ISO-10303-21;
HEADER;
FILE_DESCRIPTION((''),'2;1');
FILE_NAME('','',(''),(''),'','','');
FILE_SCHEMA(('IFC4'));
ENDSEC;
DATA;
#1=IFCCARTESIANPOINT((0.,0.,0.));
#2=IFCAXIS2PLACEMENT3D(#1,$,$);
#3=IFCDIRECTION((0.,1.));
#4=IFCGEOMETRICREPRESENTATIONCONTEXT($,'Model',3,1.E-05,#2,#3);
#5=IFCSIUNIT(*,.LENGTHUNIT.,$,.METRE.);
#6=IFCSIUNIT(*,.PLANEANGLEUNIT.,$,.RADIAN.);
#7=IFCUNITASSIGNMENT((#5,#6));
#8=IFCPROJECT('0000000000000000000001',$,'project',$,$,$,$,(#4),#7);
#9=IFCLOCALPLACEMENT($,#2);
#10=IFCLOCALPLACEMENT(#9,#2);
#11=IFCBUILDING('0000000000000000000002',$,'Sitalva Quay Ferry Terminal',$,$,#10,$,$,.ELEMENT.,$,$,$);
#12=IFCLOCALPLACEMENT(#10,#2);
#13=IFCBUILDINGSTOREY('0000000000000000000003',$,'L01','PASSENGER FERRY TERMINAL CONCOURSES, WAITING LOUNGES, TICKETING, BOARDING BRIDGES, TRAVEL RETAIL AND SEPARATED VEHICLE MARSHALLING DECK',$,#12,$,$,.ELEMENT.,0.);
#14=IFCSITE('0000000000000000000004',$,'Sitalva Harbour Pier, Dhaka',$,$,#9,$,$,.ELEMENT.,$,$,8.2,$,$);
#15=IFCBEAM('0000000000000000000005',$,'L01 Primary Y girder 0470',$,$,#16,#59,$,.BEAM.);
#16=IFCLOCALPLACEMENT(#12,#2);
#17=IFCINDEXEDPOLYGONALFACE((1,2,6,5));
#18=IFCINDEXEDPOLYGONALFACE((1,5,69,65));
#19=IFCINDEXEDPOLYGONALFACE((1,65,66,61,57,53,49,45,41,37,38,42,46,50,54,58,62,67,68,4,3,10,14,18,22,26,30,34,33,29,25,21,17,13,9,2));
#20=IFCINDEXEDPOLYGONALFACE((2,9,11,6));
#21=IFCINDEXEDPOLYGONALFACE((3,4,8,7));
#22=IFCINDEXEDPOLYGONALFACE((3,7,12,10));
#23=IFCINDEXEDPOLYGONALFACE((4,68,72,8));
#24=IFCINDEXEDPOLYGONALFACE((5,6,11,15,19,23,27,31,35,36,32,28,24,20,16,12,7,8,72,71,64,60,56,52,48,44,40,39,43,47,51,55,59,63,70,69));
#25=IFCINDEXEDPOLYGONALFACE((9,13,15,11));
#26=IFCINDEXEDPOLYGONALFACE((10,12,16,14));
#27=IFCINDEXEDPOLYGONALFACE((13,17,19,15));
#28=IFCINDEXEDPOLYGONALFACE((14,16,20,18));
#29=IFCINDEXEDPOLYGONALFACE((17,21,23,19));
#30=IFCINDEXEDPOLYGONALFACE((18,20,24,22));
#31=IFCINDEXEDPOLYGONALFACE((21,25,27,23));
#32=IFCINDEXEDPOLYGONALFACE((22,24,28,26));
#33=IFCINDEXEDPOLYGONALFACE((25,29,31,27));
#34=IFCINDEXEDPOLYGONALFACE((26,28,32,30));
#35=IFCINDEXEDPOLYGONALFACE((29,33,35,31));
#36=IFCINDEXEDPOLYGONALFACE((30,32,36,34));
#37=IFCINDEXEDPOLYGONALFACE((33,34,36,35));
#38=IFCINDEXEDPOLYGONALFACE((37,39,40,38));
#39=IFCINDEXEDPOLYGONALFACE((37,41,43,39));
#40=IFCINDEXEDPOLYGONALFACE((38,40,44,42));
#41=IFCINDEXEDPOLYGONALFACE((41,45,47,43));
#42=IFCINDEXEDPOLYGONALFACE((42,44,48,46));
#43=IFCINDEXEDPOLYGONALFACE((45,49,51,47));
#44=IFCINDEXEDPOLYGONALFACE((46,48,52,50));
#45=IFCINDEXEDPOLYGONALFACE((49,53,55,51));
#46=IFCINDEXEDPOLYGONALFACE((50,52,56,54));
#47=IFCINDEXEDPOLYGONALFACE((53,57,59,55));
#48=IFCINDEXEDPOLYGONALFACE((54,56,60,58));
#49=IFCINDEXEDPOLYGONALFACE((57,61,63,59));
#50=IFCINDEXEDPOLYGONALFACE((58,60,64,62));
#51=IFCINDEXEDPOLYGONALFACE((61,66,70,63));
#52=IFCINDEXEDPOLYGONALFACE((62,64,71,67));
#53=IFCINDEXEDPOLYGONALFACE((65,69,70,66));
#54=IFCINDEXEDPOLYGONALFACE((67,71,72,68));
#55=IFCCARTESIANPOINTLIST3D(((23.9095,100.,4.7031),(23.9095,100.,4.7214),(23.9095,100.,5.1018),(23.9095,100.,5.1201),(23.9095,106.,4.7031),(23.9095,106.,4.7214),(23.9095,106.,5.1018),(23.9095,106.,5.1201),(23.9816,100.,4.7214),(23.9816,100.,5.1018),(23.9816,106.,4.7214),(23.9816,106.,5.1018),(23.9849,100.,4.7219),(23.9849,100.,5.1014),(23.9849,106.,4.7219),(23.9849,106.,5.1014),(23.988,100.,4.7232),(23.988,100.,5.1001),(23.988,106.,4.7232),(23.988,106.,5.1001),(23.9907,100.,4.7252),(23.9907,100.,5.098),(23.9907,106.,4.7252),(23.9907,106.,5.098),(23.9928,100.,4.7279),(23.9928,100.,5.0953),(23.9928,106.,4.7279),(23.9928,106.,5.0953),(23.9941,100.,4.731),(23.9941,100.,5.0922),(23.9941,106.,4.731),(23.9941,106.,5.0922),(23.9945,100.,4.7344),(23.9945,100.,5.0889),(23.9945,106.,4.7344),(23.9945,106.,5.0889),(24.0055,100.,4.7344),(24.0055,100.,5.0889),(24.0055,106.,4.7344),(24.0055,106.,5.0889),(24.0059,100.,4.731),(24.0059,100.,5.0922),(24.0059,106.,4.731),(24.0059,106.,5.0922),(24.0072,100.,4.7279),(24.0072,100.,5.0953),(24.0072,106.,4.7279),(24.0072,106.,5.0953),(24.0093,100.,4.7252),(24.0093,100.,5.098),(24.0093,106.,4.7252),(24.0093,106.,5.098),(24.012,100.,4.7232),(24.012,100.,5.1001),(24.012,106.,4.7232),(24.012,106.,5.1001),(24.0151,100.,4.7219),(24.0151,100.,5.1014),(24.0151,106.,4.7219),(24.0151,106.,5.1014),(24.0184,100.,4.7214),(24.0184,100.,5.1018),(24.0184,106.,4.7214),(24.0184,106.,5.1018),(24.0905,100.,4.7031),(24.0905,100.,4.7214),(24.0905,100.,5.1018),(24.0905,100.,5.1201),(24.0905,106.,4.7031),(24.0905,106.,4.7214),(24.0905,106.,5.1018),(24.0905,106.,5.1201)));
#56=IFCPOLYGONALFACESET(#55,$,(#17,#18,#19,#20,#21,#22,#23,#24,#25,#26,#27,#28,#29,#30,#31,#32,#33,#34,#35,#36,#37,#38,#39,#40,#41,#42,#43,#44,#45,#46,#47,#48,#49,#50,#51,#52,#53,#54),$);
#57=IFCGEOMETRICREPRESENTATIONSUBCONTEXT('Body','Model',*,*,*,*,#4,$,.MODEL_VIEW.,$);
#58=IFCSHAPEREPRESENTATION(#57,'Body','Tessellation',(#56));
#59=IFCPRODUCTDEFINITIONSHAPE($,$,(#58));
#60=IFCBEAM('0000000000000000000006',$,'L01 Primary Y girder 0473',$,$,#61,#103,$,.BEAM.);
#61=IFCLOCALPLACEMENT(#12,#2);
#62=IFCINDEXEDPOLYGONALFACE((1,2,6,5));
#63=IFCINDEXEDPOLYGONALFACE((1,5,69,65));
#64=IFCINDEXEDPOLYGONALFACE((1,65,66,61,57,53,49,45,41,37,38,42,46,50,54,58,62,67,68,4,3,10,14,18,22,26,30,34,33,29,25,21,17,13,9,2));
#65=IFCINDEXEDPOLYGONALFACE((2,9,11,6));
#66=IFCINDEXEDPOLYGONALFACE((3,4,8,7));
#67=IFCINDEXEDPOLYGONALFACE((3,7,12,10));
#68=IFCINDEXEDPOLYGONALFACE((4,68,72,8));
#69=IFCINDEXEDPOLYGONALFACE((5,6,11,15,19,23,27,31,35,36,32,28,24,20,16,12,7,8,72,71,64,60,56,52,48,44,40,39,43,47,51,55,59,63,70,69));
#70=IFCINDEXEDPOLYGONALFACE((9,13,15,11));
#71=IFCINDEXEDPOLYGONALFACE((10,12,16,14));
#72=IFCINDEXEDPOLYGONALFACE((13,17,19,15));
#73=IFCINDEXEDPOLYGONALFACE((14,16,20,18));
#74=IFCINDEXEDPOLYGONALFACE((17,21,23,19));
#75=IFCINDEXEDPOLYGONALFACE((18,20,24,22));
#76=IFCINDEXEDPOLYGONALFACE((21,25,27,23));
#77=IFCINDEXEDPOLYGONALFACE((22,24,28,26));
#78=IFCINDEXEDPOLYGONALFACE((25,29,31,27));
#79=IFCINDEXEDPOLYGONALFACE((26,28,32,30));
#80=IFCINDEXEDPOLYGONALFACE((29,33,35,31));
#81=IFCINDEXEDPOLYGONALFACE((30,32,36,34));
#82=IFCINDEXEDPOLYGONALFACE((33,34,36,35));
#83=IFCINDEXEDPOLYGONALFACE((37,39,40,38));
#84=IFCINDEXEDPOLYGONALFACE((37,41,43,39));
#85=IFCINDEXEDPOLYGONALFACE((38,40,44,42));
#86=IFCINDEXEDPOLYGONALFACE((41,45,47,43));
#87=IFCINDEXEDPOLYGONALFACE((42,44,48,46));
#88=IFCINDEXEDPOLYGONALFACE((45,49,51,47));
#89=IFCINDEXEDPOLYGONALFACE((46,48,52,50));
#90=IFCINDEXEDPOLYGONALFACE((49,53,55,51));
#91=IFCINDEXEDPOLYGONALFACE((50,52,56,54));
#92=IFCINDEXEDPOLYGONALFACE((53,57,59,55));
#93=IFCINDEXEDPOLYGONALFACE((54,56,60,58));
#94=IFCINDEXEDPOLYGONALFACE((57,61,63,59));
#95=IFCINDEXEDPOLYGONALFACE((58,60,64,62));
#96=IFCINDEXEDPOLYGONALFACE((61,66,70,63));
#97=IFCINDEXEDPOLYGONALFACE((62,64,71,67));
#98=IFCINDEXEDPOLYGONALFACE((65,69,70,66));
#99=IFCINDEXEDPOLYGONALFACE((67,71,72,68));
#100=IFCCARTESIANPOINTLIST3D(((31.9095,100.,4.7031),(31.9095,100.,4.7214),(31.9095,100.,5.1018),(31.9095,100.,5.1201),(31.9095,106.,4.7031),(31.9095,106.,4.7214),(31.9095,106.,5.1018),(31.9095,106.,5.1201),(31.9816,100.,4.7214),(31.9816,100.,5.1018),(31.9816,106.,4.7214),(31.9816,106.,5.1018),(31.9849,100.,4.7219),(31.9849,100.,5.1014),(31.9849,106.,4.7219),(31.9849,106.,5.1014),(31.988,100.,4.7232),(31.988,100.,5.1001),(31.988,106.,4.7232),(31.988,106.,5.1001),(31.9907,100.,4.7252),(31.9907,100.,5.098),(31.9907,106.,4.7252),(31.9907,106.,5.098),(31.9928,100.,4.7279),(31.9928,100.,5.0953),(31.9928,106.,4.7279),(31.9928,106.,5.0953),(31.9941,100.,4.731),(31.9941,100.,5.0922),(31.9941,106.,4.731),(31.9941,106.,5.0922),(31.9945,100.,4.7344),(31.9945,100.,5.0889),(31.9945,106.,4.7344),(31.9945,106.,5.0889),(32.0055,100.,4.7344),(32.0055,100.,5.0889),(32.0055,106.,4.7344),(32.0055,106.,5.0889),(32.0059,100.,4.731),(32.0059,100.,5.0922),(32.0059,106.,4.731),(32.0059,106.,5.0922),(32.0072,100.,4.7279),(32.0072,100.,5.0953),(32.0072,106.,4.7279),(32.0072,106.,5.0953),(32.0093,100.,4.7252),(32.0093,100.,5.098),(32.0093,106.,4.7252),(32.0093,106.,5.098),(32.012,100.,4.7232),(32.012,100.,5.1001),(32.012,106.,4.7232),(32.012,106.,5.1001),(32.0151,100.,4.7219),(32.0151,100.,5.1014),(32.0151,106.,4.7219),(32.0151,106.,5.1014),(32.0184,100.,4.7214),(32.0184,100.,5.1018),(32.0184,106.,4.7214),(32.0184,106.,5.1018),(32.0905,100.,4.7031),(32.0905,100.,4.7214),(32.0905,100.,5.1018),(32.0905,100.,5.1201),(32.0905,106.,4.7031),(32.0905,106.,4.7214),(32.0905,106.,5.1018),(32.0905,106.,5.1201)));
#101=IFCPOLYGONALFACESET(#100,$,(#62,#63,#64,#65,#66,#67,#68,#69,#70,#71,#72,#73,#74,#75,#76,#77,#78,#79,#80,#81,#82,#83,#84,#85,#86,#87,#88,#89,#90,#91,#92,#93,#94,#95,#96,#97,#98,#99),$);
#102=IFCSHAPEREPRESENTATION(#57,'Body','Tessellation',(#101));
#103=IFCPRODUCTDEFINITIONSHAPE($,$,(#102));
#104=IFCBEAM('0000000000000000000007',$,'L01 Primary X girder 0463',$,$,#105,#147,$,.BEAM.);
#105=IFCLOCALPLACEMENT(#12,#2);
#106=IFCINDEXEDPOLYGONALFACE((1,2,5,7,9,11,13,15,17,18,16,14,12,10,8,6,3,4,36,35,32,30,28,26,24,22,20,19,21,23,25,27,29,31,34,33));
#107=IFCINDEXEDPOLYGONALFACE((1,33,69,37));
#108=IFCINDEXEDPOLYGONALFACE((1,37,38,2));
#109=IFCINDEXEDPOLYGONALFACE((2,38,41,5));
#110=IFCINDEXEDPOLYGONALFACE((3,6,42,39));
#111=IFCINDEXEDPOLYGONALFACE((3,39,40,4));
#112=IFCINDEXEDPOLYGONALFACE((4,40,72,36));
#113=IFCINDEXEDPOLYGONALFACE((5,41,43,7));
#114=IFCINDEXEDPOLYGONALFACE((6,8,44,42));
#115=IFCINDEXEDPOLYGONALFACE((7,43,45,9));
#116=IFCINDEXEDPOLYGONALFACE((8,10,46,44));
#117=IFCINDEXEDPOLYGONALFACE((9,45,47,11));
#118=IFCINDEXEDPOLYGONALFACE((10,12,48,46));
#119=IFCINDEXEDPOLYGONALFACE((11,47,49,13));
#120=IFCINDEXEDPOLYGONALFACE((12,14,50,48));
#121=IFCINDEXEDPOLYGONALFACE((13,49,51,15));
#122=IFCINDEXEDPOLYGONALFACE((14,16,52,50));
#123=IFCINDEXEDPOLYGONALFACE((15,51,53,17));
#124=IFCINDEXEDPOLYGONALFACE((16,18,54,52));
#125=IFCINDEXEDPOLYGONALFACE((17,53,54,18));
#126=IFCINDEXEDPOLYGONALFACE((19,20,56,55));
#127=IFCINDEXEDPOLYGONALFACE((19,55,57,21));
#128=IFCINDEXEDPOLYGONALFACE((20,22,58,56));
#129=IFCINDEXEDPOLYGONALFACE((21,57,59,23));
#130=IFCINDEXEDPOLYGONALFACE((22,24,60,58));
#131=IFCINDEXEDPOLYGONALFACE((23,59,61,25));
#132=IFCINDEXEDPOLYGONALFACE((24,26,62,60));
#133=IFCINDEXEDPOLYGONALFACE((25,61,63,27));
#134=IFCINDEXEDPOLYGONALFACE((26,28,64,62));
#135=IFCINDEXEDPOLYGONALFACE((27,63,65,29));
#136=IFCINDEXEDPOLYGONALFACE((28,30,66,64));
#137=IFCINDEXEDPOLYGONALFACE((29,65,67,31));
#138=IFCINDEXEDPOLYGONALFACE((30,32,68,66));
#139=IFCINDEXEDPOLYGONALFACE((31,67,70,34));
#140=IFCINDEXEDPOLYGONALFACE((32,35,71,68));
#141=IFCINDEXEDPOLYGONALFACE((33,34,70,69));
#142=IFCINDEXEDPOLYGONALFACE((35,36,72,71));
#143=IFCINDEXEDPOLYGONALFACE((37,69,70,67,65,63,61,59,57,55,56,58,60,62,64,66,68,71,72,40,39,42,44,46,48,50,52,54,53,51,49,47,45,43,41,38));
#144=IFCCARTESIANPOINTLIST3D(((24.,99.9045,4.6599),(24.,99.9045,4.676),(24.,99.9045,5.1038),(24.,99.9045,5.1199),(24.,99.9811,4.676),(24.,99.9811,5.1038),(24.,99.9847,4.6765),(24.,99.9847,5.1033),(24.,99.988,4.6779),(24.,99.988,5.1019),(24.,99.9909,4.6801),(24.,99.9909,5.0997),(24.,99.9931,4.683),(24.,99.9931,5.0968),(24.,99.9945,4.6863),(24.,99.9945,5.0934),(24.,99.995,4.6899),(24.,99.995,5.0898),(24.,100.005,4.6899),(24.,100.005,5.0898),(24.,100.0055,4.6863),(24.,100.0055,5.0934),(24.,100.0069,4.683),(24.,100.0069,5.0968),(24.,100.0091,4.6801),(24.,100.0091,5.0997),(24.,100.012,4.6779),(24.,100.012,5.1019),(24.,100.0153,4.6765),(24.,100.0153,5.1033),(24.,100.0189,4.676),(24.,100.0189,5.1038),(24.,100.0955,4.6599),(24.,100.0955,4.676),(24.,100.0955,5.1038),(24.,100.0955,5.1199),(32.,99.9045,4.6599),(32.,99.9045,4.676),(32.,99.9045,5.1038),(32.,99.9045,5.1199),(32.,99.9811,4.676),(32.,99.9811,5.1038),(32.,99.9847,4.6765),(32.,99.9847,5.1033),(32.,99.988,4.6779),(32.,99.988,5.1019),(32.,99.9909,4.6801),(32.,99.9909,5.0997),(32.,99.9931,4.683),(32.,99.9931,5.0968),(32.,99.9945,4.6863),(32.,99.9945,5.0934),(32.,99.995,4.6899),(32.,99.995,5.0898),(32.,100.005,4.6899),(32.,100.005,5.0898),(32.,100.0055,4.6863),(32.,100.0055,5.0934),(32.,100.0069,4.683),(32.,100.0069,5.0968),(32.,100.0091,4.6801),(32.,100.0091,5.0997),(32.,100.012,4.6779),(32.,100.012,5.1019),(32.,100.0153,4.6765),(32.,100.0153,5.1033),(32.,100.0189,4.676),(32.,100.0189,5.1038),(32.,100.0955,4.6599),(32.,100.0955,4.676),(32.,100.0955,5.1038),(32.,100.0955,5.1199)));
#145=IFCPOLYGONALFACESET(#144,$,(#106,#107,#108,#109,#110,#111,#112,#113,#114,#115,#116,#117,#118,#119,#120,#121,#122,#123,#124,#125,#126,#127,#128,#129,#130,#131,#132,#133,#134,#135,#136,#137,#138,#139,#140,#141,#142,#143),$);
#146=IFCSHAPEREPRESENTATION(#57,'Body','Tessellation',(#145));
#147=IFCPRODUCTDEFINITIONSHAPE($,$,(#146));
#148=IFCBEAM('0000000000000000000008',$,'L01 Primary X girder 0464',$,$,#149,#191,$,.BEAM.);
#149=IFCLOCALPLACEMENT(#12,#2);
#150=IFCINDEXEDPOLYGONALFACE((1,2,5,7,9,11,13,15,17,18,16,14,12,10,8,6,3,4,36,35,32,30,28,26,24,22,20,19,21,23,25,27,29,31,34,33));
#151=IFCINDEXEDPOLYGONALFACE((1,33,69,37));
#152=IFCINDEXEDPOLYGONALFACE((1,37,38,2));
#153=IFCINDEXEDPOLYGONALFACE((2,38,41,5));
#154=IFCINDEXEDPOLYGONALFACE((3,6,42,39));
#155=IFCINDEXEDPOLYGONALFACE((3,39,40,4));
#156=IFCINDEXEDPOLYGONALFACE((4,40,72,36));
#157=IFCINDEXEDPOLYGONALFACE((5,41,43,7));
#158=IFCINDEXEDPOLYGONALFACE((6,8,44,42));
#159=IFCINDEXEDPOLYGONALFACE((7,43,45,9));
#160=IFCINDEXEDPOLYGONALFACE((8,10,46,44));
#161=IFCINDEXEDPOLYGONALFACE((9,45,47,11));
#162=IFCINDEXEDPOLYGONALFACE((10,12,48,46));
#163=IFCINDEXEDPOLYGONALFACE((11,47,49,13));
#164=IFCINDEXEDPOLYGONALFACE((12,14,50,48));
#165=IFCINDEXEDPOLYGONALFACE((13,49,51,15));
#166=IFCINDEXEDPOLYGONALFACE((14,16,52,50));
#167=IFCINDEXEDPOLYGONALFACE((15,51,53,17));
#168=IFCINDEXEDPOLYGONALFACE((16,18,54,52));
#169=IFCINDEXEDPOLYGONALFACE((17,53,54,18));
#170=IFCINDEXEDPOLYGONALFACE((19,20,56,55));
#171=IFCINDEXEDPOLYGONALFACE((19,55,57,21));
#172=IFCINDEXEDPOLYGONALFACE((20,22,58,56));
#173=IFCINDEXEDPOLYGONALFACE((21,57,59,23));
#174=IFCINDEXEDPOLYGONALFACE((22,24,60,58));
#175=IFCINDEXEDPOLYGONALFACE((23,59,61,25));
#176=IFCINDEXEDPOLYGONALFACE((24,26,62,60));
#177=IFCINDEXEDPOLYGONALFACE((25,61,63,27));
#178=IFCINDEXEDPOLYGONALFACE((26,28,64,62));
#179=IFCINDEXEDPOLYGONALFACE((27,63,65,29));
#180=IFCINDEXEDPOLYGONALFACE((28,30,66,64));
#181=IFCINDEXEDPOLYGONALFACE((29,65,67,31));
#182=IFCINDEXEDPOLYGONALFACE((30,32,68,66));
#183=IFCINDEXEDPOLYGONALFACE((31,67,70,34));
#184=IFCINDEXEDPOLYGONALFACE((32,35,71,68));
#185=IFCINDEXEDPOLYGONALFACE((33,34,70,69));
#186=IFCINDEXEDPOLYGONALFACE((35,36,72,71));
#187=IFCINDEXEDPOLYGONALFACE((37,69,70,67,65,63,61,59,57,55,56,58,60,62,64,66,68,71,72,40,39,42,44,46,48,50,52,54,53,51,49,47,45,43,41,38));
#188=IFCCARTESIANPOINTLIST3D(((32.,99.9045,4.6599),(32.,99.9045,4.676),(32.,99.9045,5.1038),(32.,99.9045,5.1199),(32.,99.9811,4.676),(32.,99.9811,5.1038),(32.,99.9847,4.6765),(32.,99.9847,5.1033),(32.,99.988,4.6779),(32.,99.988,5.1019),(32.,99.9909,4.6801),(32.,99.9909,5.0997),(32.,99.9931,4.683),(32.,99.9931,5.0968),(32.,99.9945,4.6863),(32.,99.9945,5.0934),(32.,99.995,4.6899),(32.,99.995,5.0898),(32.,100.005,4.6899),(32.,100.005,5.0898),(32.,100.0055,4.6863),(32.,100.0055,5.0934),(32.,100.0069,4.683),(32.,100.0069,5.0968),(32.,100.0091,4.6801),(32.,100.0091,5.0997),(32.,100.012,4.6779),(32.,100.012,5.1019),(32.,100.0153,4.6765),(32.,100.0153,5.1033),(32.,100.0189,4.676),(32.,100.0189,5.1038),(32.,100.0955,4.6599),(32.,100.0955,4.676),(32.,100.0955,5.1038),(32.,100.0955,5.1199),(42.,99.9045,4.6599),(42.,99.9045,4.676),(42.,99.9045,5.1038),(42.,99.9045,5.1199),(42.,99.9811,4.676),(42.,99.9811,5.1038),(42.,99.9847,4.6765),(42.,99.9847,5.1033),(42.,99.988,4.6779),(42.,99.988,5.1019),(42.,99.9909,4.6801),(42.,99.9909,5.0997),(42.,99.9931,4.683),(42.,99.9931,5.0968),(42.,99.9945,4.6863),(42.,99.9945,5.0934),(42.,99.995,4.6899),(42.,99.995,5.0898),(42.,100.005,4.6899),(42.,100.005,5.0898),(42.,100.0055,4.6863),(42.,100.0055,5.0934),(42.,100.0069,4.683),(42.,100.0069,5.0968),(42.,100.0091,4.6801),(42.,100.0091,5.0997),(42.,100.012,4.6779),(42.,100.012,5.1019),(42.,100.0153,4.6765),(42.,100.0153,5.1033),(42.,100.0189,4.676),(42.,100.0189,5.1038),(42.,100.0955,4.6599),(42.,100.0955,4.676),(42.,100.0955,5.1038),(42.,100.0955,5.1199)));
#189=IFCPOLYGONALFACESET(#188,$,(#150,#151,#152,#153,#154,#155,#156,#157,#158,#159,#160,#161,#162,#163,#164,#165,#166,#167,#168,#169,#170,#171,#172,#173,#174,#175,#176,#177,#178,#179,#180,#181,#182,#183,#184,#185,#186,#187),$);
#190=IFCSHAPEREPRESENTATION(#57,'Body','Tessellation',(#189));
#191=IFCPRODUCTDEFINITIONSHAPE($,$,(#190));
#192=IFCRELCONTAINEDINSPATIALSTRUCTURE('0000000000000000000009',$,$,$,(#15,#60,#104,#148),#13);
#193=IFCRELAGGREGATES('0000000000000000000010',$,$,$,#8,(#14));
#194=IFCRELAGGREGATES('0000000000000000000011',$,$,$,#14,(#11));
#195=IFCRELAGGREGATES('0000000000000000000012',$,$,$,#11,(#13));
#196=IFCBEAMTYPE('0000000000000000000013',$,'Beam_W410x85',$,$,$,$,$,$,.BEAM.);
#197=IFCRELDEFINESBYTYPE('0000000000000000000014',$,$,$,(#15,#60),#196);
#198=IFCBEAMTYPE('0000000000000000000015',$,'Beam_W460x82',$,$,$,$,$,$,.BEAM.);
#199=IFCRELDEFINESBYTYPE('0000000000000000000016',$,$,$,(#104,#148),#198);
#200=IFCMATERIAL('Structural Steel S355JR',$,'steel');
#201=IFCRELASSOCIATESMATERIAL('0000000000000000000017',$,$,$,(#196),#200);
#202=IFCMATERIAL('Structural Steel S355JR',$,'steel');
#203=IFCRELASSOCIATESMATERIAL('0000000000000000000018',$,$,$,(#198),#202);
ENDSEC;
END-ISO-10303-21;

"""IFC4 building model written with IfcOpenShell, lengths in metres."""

from ifc_helpers import new_model, si_unit, direction, frame, origin, origin_2d, place, context, subcontext, project, spatial, i_section, extrude, material, material_profile, profile_set, type_object, element, save


model = new_model("IFC4")

# Units and contexts
model_context = context("Model", 3, precision=1e-05, world=origin(), true_north=direction((0.0, 1.0)))
body_context = subcontext(model_context, "Body", "Model", "MODEL_VIEW")
ifc_project = project(units=[si_unit("LENGTHUNIT", "METRE"), si_unit("PLANEANGLEUNIT", "RADIAN")], contexts=[model_context])

# Site, building, storey
site_placement = place(None, origin())
site = spatial("IfcSite", under=ifc_project, at=site_placement, Name="Sitalva Harbour Pier, Dhaka", CompositionType="ELEMENT", RefElevation=8.2)
building_placement = place(site_placement, origin())
building = spatial("IfcBuilding", under=site, at=building_placement, Name="Sitalva Quay Ferry Terminal", CompositionType="ELEMENT")
storey_placement = place(building_placement, origin())
storey = spatial("IfcBuildingStorey", under=building, at=storey_placement, Name="L01", Description="PASSENGER FERRY TERMINAL CONCOURSES, WAITING LOUNGES, TICKETING, BOARDING BRIDGES, TRAVEL RETAIL AND SEPARATED VEHICLE MARSHALLING DECK", CompositionType="ELEMENT", Elevation=0.0)

# Beams
ifc_material_1 = material(Name="Structural Steel S355JR", Category="steel")
ifc_material_profile_1 = material_profile(ifc_material_1, i_section(OverallWidth=0.1809, OverallDepth=0.417, WebThickness=0.011, FlangeThickness=0.0183, FilletRadius=0.0129, at=origin_2d()), Name="W410x85")
ifc_profile_set_1 = profile_set([ifc_material_profile_1], Name="Structural Steel S355JR")
beam_type_1 = type_object("IfcBeamType", Name="Beam_W410x85", PredefinedType="BEAM", material=ifc_profile_set_1)
for number, where, z_axis, x_axis, name in (
    (1, (24.0, 100.0, 4.9116), (0.0, 1.0, 0.0), (-1.0, 0.0, 0.0), "L01 Primary Y girder 0470"),
    (2, (32.0, 100.0, 4.9116), (0.0, 1.0, 0.0), (-1.0, 0.0, 0.0), "L01 Primary Y girder 0473"),
):
    element("IfcBeam", number, at=place(storey_placement, frame(where, z_axis=z_axis, x_axis=x_axis)), inside=storey, type_object=beam_type_1, Name=name, PredefinedType="BEAM", context=body_context, shape_type="SweptSolid", body=[
        extrude(i_section(OverallWidth=0.1809, OverallDepth=0.417, WebThickness=0.011, FlangeThickness=0.0183, FilletRadius=0.0129, at=origin_2d()), origin(), (0.0, 0.0, 1.0), 6.0),
    ])
ifc_material_2 = material(Name="Structural Steel S355JR", Category="steel")
ifc_material_profile_2 = material_profile(ifc_material_2, i_section(OverallWidth=0.1909, OverallDepth=0.46, WebThickness=0.01, FlangeThickness=0.0161, FilletRadius=0.0139, at=origin_2d()), Name="W460x82")
ifc_profile_set_2 = profile_set([ifc_material_profile_2], Name="Structural Steel S355JR")
beam_type_2 = type_object("IfcBeamType", Name="Beam_W460x82", PredefinedType="BEAM", material=ifc_profile_set_2)
beam_1_placement = place(storey_placement, frame((24.0, 100.0, 4.8899), z_axis=(1.0, 0.0, 0.0), x_axis=(0.0, 1.0, 0.0)))
element("IfcBeam", 3, at=beam_1_placement, inside=storey, type_object=beam_type_2, Name="L01 Primary X girder 0463", PredefinedType="BEAM", context=body_context, shape_type="SweptSolid", body=[
    extrude(i_section(OverallWidth=0.1909, OverallDepth=0.46, WebThickness=0.01, FlangeThickness=0.0161, FilletRadius=0.0139, at=origin_2d()), origin(), (0.0, 0.0, 1.0), 8.0),
])
beam_2_placement = place(storey_placement, frame((32.0, 100.0, 4.8899), z_axis=(1.0, 0.0, 0.0), x_axis=(0.0, 1.0, 0.0)))
element("IfcBeam", 4, at=beam_2_placement, inside=storey, type_object=beam_type_2, Name="L01 Primary X girder 0464", PredefinedType="BEAM", context=body_context, shape_type="SweptSolid", body=[
    extrude(i_section(OverallWidth=0.1909, OverallDepth=0.46, WebThickness=0.01, FlangeThickness=0.0161, FilletRadius=0.0139, at=origin_2d()), origin(), (0.0, 0.0, 1.0), 10.0),
])

save(model, "model.ifc")
